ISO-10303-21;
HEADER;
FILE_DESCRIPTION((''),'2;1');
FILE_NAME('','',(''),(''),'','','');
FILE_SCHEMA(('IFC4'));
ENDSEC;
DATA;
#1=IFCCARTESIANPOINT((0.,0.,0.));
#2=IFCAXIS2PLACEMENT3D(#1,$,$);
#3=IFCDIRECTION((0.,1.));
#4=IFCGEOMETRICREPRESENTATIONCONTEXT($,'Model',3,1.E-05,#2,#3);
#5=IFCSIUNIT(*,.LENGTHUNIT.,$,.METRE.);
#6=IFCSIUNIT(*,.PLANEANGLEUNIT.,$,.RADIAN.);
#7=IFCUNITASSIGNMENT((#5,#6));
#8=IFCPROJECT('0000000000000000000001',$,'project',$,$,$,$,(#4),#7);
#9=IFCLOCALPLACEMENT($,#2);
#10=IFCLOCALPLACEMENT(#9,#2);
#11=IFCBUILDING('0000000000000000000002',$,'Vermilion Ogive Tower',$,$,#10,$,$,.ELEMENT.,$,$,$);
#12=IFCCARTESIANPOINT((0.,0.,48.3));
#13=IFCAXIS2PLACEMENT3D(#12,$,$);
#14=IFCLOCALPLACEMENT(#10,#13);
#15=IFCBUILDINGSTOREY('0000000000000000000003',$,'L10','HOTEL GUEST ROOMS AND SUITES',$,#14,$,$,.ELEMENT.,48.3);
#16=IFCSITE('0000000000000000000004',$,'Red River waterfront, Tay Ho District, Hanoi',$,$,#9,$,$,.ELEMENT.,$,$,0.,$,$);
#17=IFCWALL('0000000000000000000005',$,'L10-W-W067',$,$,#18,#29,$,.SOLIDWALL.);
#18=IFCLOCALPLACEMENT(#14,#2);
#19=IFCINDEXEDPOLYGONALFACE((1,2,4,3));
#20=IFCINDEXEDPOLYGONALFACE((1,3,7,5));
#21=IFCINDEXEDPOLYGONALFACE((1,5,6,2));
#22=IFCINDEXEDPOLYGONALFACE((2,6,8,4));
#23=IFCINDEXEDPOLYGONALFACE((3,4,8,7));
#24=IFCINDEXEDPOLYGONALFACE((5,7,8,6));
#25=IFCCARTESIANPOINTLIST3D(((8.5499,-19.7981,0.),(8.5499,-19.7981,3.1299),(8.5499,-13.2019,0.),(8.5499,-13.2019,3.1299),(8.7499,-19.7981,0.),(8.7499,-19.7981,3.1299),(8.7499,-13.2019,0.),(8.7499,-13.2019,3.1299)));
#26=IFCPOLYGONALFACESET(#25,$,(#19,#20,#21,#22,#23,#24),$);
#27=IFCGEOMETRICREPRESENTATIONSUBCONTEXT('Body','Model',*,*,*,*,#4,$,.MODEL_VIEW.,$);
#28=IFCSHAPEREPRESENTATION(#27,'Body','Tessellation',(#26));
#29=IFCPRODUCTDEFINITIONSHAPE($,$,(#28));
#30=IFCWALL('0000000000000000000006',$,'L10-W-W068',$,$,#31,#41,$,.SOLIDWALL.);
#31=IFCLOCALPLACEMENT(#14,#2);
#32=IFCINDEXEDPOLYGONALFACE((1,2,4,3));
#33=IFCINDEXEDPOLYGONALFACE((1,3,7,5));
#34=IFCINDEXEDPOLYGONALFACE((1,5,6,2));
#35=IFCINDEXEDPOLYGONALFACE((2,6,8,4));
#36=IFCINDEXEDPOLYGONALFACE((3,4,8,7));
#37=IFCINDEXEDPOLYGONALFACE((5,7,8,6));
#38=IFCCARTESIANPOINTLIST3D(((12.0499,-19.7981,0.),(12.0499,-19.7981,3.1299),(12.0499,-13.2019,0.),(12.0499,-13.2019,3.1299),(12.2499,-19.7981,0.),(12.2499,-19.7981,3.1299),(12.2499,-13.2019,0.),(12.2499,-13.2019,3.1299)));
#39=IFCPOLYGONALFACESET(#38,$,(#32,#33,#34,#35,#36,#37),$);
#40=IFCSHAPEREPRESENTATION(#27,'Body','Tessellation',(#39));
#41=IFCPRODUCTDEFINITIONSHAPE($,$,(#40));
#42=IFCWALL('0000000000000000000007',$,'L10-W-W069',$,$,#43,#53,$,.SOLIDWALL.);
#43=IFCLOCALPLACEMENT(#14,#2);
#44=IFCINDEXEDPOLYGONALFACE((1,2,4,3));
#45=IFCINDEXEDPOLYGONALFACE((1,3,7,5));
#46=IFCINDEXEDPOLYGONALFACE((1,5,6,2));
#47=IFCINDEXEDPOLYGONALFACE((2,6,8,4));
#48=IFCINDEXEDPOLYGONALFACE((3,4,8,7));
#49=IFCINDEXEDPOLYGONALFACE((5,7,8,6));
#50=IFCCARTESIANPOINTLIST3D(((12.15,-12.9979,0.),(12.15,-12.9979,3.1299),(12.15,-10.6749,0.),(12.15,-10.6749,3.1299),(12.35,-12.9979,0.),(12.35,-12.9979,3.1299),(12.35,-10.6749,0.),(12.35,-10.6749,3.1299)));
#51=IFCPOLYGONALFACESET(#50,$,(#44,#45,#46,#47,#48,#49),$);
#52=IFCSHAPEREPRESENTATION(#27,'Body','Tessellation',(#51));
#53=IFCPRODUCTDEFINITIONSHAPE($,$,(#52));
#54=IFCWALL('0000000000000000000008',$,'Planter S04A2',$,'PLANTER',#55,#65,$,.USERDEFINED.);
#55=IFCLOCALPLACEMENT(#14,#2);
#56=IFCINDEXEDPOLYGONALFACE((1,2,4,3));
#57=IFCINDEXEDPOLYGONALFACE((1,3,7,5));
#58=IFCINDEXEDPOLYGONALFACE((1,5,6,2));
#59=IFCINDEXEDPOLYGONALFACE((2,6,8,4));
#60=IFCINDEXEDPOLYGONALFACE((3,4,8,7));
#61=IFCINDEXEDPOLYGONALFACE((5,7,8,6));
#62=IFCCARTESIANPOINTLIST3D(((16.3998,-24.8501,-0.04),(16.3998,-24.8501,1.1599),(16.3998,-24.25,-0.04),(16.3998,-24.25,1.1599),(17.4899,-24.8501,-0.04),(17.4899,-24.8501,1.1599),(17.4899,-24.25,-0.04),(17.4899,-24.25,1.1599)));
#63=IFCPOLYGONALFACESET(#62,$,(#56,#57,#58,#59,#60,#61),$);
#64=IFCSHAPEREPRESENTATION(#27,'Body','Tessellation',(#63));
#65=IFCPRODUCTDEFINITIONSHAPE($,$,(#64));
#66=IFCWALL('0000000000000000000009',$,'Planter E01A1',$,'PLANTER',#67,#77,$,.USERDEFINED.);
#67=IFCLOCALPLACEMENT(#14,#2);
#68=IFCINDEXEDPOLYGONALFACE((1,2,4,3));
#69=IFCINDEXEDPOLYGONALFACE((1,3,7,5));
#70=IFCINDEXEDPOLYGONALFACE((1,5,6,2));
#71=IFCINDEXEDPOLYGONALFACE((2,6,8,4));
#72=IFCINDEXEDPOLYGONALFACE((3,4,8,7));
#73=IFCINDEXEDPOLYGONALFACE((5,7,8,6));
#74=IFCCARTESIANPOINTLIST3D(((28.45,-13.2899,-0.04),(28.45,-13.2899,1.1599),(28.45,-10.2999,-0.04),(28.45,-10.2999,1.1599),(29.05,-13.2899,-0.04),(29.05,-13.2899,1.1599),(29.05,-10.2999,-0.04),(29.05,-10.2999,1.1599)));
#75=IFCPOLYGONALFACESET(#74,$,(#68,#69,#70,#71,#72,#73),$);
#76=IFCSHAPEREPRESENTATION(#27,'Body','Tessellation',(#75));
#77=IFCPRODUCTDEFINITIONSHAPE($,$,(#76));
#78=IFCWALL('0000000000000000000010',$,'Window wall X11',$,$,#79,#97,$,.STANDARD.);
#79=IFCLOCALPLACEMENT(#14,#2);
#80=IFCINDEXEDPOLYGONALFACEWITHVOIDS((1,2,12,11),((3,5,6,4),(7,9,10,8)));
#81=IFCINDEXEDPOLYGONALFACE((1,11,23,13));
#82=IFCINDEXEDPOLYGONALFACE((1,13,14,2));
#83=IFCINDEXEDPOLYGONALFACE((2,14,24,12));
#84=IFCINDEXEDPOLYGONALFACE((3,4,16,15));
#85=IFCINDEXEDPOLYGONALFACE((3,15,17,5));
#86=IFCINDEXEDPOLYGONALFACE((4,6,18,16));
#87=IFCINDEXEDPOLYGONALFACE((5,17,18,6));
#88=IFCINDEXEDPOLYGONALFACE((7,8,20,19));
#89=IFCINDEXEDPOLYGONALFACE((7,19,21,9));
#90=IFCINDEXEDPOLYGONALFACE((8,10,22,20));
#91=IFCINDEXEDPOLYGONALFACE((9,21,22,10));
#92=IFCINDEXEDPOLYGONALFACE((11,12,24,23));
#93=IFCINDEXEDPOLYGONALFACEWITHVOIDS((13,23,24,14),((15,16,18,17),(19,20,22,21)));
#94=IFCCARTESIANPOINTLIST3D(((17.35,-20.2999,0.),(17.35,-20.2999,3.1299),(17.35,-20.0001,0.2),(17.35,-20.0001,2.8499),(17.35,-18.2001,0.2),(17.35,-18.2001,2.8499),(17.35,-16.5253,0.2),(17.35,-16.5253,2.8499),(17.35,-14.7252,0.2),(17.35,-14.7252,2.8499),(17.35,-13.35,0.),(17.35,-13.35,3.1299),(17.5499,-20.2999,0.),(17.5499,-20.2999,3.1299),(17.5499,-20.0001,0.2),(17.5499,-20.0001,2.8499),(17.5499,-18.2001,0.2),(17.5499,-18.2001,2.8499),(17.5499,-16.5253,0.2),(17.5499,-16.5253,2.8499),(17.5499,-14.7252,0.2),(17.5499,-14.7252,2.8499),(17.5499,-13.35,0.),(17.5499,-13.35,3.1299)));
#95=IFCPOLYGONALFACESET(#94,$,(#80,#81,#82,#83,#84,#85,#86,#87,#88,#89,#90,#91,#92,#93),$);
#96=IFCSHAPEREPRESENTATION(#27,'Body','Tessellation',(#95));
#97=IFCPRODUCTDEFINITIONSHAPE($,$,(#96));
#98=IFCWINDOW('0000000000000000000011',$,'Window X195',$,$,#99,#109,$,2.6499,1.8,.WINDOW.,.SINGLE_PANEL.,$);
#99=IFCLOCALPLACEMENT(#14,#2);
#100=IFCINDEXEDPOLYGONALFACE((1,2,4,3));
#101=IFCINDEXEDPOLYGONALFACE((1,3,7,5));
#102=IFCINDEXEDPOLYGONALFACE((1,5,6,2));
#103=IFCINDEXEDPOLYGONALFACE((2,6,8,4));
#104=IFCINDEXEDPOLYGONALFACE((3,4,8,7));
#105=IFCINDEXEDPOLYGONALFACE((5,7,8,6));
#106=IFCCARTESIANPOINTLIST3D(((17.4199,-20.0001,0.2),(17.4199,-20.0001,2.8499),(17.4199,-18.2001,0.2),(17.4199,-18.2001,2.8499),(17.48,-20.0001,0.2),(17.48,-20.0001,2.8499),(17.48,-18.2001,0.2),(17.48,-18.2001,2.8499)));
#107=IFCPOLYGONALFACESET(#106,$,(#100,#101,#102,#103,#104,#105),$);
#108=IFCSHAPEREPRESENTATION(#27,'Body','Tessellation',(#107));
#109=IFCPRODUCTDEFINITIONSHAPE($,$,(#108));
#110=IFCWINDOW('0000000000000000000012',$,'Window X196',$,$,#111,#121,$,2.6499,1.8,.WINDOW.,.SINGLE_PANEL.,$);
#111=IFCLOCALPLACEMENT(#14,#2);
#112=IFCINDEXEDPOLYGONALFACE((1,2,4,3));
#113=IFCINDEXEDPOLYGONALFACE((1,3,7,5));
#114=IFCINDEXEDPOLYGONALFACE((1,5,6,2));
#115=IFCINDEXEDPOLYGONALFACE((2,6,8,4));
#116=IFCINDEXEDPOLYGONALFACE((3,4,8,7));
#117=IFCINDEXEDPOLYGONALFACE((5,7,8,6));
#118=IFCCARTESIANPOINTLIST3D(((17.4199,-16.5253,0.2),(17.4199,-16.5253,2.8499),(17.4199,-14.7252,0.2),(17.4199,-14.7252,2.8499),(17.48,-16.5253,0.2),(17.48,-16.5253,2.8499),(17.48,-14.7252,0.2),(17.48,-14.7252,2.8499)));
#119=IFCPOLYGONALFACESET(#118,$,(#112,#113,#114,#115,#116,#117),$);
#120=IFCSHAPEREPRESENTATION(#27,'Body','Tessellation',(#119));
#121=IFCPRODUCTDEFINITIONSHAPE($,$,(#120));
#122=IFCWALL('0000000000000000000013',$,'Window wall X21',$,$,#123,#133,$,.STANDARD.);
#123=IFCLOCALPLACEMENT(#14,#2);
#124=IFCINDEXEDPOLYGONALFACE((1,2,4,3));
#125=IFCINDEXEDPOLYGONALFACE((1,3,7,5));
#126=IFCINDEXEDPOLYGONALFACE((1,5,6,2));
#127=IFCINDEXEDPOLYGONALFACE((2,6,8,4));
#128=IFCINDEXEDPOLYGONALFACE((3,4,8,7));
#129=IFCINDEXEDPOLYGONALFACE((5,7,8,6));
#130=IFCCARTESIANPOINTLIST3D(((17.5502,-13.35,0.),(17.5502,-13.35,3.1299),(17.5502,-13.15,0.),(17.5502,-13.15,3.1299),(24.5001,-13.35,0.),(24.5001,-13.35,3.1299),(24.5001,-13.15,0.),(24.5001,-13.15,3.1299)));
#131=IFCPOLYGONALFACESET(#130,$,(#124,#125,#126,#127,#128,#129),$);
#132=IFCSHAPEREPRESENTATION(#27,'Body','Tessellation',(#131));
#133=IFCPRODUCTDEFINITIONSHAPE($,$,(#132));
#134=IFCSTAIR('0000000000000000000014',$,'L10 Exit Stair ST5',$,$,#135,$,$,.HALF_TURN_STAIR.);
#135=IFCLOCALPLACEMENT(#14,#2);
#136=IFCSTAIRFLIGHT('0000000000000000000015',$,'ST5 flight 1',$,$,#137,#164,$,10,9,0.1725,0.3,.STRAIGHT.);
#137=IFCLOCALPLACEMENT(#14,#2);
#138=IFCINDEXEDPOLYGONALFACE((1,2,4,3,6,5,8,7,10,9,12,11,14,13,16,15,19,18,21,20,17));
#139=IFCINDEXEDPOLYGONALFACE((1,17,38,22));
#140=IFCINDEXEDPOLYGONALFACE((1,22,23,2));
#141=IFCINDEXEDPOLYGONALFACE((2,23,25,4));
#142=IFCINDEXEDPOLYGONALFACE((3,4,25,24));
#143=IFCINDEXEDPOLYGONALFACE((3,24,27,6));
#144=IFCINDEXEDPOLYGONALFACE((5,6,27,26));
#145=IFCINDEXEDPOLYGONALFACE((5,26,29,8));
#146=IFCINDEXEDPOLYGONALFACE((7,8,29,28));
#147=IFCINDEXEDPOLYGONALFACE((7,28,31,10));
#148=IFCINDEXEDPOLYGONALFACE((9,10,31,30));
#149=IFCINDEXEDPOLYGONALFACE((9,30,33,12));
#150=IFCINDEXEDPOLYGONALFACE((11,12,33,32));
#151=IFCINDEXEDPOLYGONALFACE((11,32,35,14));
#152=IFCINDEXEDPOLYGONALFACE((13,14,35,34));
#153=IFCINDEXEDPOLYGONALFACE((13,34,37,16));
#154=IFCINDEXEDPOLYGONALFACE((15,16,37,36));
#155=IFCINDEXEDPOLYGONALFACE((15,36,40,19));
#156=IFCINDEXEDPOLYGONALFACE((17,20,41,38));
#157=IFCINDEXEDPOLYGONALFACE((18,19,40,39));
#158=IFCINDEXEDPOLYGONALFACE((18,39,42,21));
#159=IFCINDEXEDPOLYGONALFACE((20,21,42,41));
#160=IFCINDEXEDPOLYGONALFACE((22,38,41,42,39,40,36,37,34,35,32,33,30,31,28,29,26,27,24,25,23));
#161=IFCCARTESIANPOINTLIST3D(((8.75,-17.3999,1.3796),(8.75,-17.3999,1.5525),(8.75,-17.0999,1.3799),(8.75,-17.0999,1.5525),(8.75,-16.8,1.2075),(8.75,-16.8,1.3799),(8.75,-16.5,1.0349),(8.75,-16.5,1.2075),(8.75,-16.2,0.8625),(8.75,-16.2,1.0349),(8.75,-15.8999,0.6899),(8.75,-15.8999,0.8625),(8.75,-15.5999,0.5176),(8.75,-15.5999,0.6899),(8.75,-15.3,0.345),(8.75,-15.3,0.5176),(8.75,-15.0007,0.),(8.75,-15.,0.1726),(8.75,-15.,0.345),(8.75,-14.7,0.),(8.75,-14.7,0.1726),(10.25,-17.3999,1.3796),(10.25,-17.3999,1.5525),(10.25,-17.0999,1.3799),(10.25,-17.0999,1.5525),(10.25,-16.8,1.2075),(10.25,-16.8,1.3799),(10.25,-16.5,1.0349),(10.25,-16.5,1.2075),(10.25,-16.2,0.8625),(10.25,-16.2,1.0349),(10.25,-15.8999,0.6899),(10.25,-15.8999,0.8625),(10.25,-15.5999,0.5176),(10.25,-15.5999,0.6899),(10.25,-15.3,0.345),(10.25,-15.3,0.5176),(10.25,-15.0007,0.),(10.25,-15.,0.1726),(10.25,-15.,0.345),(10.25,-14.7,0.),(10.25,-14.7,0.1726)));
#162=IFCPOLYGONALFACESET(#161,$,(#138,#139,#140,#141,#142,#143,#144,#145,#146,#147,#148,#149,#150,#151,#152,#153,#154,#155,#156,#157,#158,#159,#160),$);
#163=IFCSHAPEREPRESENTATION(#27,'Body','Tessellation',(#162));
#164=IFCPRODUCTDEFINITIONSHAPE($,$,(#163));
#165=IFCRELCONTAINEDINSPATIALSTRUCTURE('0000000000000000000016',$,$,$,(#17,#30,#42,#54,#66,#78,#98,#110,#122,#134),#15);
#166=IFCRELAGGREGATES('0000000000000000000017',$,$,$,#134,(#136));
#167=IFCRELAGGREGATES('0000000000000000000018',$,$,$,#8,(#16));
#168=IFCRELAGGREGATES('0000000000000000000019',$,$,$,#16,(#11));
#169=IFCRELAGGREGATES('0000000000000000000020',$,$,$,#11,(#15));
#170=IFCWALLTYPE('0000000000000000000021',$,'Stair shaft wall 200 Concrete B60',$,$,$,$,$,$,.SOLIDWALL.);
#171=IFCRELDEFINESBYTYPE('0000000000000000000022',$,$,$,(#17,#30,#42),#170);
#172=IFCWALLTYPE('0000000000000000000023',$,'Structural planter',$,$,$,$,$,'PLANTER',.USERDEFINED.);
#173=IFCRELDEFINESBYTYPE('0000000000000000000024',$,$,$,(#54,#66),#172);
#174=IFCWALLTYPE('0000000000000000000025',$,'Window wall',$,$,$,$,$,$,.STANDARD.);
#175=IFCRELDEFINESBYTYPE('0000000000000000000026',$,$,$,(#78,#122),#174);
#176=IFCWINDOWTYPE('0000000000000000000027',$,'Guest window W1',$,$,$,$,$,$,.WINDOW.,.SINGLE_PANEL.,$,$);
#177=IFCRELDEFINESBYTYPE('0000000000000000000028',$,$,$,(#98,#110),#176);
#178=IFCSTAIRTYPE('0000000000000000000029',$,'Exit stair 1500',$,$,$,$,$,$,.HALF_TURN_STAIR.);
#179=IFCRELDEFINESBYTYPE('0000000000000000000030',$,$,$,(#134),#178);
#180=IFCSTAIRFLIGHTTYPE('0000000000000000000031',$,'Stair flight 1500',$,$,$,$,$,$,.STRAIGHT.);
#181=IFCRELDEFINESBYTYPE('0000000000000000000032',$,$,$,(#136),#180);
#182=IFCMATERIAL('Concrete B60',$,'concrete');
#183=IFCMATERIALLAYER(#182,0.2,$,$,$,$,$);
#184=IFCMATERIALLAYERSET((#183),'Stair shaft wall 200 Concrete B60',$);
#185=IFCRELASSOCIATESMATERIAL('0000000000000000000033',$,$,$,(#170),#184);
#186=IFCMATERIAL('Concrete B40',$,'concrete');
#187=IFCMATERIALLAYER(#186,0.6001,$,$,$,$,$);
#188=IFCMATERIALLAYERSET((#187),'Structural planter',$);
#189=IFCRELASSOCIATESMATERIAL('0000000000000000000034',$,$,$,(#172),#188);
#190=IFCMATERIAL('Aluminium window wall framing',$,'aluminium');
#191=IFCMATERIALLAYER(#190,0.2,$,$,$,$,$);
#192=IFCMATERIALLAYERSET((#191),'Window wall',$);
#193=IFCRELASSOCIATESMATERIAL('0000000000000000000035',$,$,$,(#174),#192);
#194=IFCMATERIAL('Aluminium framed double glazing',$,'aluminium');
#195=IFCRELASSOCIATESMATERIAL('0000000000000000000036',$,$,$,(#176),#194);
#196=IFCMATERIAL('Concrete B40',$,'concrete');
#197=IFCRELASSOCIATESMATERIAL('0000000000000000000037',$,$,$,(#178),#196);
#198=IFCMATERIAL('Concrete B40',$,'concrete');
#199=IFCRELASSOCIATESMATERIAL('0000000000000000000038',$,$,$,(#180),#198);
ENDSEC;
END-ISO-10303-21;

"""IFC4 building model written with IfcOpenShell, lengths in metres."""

from ifc_helpers import new_model, si_unit, direction, frame, frame_2d, origin, place, context, subcontext, project, spatial, polyline, rectangle, outline, extrude, material, layer, layer_set, type_object, element, fill, aggregate, save


model = new_model("IFC4")

# Units and contexts
model_context = context("Model", 3, precision=1e-05, world=origin(), true_north=direction((0.0, 1.0)))
body_context = subcontext(model_context, "Body", "Model", "MODEL_VIEW")
ifc_project = project(units=[si_unit("LENGTHUNIT", "METRE"), si_unit("PLANEANGLEUNIT", "RADIAN")], contexts=[model_context])

# Site, building, storey
site_placement = place(None, origin())
site = spatial("IfcSite", under=ifc_project, at=site_placement, Name="Red River waterfront, Tay Ho District, Hanoi", CompositionType="ELEMENT", RefElevation=0.0)
building_placement = place(site_placement, origin())
building = spatial("IfcBuilding", under=site, at=building_placement, Name="Vermilion Ogive Tower", CompositionType="ELEMENT")
storey_placement = place(building_placement, frame((0.0, 0.0, 48.3)))
storey = spatial("IfcBuildingStorey", under=building, at=storey_placement, Name="L10", Description="HOTEL GUEST ROOMS AND SUITES", CompositionType="ELEMENT", Elevation=48.3)

# Shared definitions
ifc_material_1 = material(Name="Concrete B60", Category="concrete")
ifc_layer_1 = layer(ifc_material_1, 0.2)
ifc_layer_set_1 = layer_set([ifc_layer_1], Name="Stair shaft wall 200 Concrete B60")
wall_type_1 = type_object("IfcWallType", Name="Stair shaft wall 200 Concrete B60", PredefinedType="SOLIDWALL", material=ifc_layer_set_1)

# Walls
for number, where, z_axis, x_axis, name in (
    (1, (8.6499, -19.7981, 0.0), (0.0, 0.0, 1.0), (0.0, 1.0, 0.0), "L10-W-W067"),
    (2, (12.1499, -19.7981, 0.0), (0.0, 0.0, 1.0), (0.0, 1.0, 0.0), "L10-W-W068"),
):
    element("IfcWall", number, at=place(storey_placement, frame(where, z_axis=z_axis, x_axis=x_axis)), inside=storey, type_object=wall_type_1, Name=name, PredefinedType="SOLIDWALL", context=body_context, shape_type="SweptSolid", body=[
        extrude(rectangle(XDim=6.5962, YDim=0.2, at=frame_2d((3.2981, 0.0))), origin(), (0.0, 0.0, 1.0), 3.1299),
    ])
wall_1_placement = place(storey_placement, frame((12.25, -12.998, 0.0), z_axis=(0.0, 0.0, 1.0), x_axis=(0.0, 1.0, 0.0)))
element("IfcWall", 3, at=wall_1_placement, inside=storey, type_object=wall_type_1, Name="L10-W-W069", PredefinedType="SOLIDWALL", context=body_context, shape_type="SweptSolid", body=[
    extrude(rectangle(XDim=2.323, YDim=0.2, at=frame_2d((1.1616, 0.0))), origin(), (0.0, 0.0, 1.0), 3.1299),
])
ifc_material_2 = material(Name="Concrete B40", Category="concrete")
ifc_layer_2 = layer(ifc_material_2, 0.6001)
ifc_layer_set_2 = layer_set([ifc_layer_2], Name="Structural planter")
wall_type_2 = type_object("IfcWallType", Name="Structural planter", ElementType="PLANTER", PredefinedType="USERDEFINED", material=ifc_layer_set_2)
wall_2_placement = place(storey_placement, frame((16.3999, -24.55, -0.04), z_axis=(0.0, 0.0, 1.0), x_axis=(1.0, 0.0, 0.0)))
element("IfcWall", 4, at=wall_2_placement, inside=storey, type_object=wall_type_2, Name="Planter S04A2", ObjectType="PLANTER", PredefinedType="USERDEFINED", context=body_context, shape_type="SweptSolid", body=[
    extrude(rectangle(XDim=1.0901, YDim=0.6001, at=frame_2d((0.5449, 0.0))), origin(), (0.0, 0.0, 1.0), 1.2),
])
wall_3_placement = place(storey_placement, frame((28.75, -13.29, -0.04), z_axis=(0.0, 0.0, 1.0), x_axis=(0.0, 1.0, 0.0)))
element("IfcWall", 5, at=wall_3_placement, inside=storey, type_object=wall_type_2, Name="Planter E01A1", ObjectType="PLANTER", PredefinedType="USERDEFINED", context=body_context, shape_type="SweptSolid", body=[
    extrude(rectangle(XDim=2.99, YDim=0.6001, at=frame_2d((1.4951, 0.0))), origin(), (0.0, 0.0, 1.0), 1.2),
])

# Shared definitions
ifc_material_3 = material(Name="Aluminium window wall framing", Category="aluminium")
ifc_layer_3 = layer(ifc_material_3, 0.2)
ifc_layer_set_3 = layer_set([ifc_layer_3], Name="Window wall")
wall_type_3 = type_object("IfcWallType", Name="Window wall", PredefinedType="STANDARD", material=ifc_layer_set_3)
ifc_material_4 = material(Name="Aluminium framed double glazing", Category="aluminium")
window_type = type_object("IfcWindowType", Name="Guest window W1", PartitioningType="SINGLE_PANEL", PredefinedType="WINDOW", material=ifc_material_4)

# Wall, openings, windows
wall_4_placement = place(storey_placement, frame((17.45, -20.3, 0.0), z_axis=(0.0, 0.0, 1.0), x_axis=(0.0, 1.0, 0.0)))
wall_4 = element("IfcWall", 6, at=wall_4_placement, inside=storey, type_object=wall_type_3, Name="Window wall X11", PredefinedType="STANDARD", context=body_context, shape_type="SweptSolid", body=[
    extrude(rectangle(XDim=6.95, YDim=0.2, at=frame_2d((3.4751, 0.0))), origin(), (0.0, 0.0, 1.0), 3.1299),
])
opening_1_placement = place(wall_4_placement, frame((0.3, 0.0, 0.2)))
opening_1 = element("IfcOpeningElement", 7, at=opening_1_placement, cuts=wall_4, PredefinedType="OPENING", context=body_context, shape_type="SweptSolid", body=[
    extrude(rectangle(XDim=1.8, YDim=2.6499, at=frame_2d((0.8999, 1.325))), frame((0.0, 0.1099, 0.0), z_axis=(0.0, -1.0, 0.0), x_axis=(1.0, 0.0, 0.0)), (0.0, 0.0, 1.0), 0.22),
])
opening_2_placement = place(wall_4_placement, frame((3.7749, 0.0, 0.2)))
opening_2 = element("IfcOpeningElement", 8, at=opening_2_placement, cuts=wall_4, PredefinedType="OPENING", context=body_context, shape_type="SweptSolid", body=[
    extrude(rectangle(XDim=1.8, YDim=2.6499, at=frame_2d((0.8999, 1.325))), frame((0.0, 0.1099, 0.0), z_axis=(0.0, -1.0, 0.0), x_axis=(1.0, 0.0, 0.0)), (0.0, 0.0, 1.0), 0.22),
])
window_1_placement = place(opening_1_placement, origin())
window_1 = element("IfcWindow", 9, at=window_1_placement, inside=storey, type_object=window_type, Name="Window X195", OverallHeight=2.6499, OverallWidth=1.8, PartitioningType="SINGLE_PANEL", PredefinedType="WINDOW", context=body_context, shape_type="SweptSolid", body=[
    extrude(rectangle(XDim=1.8, YDim=2.6499, at=frame_2d((0.8999, 1.325))), frame((0.0, 0.03, 0.0), z_axis=(0.0, -1.0, 0.0), x_axis=(1.0, 0.0, 0.0)), (0.0, 0.0, 1.0), 0.0601),
])
fill(opening_1, window_1)
window_2_placement = place(opening_2_placement, origin())
window_2 = element("IfcWindow", 10, at=window_2_placement, inside=storey, type_object=window_type, Name="Window X196", OverallHeight=2.6499, OverallWidth=1.8, PartitioningType="SINGLE_PANEL", PredefinedType="WINDOW", context=body_context, shape_type="SweptSolid", body=[
    extrude(rectangle(XDim=1.8, YDim=2.6499, at=frame_2d((0.8999, 1.325))), frame((0.0, 0.03, 0.0), z_axis=(0.0, -1.0, 0.0), x_axis=(1.0, 0.0, 0.0)), (0.0, 0.0, 1.0), 0.0601),
])
fill(opening_2, window_2)

# Wall
wall_5_placement = place(storey_placement, frame((17.55, -13.25, 0.0), z_axis=(0.0, 0.0, 1.0), x_axis=(1.0, 0.0, 0.0)))
element("IfcWall", 11, at=wall_5_placement, inside=storey, type_object=wall_type_3, Name="Window wall X21", PredefinedType="STANDARD", context=body_context, shape_type="SweptSolid", body=[
    extrude(rectangle(XDim=6.95, YDim=0.2, at=frame_2d((3.4751, 0.0))), origin(), (0.0, 0.0, 1.0), 3.1299),
])

# Stair, stair flight
ifc_material_5 = material(Name="Concrete B40", Category="concrete")
stair_type = type_object("IfcStairType", Name="Exit stair 1500", PredefinedType="HALF_TURN_STAIR", material=ifc_material_5)
stair_placement = place(storey_placement, origin())
stair = element("IfcStair", 12, at=stair_placement, inside=storey, type_object=stair_type, Name="L10 Exit Stair ST5", PredefinedType="HALF_TURN_STAIR")
ifc_material_6 = material(Name="Concrete B40", Category="concrete")
stair_flight_type = type_object("IfcStairFlightType", Name="Stair flight 1500", PredefinedType="STRAIGHT", material=ifc_material_6)
stair_flight_1_placement = place(storey_placement, frame((9.5, -14.7, 0.0), z_axis=(0.0, 0.0, 1.0), x_axis=(0.0, -1.0, 0.0)))
stair_flight_1 = element("IfcStairFlight", 13, at=stair_flight_1_placement, type_object=stair_flight_type, Name="ST5 flight 1", NumberOfRisers=10, NumberOfTreads=9, PredefinedType="STRAIGHT", RiserHeight=0.1725, TreadLength=0.3, context=body_context, shape_type="SweptSolid", body=[
    extrude(outline(polyline([(0.0, 0.0), (0.0, 0.1726), (0.3, 0.1726), (0.3, 0.345), (0.6001, 0.345), (0.6001, 0.5176), (0.8999, 0.5176), (0.8999, 0.6899), (1.2, 0.6899), (1.2, 0.8625), (1.5, 0.8625), (1.5, 1.0349), (1.8, 1.0349), (1.8, 1.2075), (2.1001, 1.2075), (2.1001, 1.3799), (2.3999, 1.3799), (2.3999, 1.5525), (2.7, 1.5525), (2.7, 1.7251), (2.7, 1.3796), (0.3008, 0.0), (0.0, 0.0)])), frame((0.0, 0.75, 0.0), z_axis=(0.0, -1.0, 0.0), x_axis=(1.0, 0.0, 0.0)), (0.0, 0.0, 1.0), 1.5),
])
aggregate(stair, [stair_flight_1])

save(model, "model.ifc")
